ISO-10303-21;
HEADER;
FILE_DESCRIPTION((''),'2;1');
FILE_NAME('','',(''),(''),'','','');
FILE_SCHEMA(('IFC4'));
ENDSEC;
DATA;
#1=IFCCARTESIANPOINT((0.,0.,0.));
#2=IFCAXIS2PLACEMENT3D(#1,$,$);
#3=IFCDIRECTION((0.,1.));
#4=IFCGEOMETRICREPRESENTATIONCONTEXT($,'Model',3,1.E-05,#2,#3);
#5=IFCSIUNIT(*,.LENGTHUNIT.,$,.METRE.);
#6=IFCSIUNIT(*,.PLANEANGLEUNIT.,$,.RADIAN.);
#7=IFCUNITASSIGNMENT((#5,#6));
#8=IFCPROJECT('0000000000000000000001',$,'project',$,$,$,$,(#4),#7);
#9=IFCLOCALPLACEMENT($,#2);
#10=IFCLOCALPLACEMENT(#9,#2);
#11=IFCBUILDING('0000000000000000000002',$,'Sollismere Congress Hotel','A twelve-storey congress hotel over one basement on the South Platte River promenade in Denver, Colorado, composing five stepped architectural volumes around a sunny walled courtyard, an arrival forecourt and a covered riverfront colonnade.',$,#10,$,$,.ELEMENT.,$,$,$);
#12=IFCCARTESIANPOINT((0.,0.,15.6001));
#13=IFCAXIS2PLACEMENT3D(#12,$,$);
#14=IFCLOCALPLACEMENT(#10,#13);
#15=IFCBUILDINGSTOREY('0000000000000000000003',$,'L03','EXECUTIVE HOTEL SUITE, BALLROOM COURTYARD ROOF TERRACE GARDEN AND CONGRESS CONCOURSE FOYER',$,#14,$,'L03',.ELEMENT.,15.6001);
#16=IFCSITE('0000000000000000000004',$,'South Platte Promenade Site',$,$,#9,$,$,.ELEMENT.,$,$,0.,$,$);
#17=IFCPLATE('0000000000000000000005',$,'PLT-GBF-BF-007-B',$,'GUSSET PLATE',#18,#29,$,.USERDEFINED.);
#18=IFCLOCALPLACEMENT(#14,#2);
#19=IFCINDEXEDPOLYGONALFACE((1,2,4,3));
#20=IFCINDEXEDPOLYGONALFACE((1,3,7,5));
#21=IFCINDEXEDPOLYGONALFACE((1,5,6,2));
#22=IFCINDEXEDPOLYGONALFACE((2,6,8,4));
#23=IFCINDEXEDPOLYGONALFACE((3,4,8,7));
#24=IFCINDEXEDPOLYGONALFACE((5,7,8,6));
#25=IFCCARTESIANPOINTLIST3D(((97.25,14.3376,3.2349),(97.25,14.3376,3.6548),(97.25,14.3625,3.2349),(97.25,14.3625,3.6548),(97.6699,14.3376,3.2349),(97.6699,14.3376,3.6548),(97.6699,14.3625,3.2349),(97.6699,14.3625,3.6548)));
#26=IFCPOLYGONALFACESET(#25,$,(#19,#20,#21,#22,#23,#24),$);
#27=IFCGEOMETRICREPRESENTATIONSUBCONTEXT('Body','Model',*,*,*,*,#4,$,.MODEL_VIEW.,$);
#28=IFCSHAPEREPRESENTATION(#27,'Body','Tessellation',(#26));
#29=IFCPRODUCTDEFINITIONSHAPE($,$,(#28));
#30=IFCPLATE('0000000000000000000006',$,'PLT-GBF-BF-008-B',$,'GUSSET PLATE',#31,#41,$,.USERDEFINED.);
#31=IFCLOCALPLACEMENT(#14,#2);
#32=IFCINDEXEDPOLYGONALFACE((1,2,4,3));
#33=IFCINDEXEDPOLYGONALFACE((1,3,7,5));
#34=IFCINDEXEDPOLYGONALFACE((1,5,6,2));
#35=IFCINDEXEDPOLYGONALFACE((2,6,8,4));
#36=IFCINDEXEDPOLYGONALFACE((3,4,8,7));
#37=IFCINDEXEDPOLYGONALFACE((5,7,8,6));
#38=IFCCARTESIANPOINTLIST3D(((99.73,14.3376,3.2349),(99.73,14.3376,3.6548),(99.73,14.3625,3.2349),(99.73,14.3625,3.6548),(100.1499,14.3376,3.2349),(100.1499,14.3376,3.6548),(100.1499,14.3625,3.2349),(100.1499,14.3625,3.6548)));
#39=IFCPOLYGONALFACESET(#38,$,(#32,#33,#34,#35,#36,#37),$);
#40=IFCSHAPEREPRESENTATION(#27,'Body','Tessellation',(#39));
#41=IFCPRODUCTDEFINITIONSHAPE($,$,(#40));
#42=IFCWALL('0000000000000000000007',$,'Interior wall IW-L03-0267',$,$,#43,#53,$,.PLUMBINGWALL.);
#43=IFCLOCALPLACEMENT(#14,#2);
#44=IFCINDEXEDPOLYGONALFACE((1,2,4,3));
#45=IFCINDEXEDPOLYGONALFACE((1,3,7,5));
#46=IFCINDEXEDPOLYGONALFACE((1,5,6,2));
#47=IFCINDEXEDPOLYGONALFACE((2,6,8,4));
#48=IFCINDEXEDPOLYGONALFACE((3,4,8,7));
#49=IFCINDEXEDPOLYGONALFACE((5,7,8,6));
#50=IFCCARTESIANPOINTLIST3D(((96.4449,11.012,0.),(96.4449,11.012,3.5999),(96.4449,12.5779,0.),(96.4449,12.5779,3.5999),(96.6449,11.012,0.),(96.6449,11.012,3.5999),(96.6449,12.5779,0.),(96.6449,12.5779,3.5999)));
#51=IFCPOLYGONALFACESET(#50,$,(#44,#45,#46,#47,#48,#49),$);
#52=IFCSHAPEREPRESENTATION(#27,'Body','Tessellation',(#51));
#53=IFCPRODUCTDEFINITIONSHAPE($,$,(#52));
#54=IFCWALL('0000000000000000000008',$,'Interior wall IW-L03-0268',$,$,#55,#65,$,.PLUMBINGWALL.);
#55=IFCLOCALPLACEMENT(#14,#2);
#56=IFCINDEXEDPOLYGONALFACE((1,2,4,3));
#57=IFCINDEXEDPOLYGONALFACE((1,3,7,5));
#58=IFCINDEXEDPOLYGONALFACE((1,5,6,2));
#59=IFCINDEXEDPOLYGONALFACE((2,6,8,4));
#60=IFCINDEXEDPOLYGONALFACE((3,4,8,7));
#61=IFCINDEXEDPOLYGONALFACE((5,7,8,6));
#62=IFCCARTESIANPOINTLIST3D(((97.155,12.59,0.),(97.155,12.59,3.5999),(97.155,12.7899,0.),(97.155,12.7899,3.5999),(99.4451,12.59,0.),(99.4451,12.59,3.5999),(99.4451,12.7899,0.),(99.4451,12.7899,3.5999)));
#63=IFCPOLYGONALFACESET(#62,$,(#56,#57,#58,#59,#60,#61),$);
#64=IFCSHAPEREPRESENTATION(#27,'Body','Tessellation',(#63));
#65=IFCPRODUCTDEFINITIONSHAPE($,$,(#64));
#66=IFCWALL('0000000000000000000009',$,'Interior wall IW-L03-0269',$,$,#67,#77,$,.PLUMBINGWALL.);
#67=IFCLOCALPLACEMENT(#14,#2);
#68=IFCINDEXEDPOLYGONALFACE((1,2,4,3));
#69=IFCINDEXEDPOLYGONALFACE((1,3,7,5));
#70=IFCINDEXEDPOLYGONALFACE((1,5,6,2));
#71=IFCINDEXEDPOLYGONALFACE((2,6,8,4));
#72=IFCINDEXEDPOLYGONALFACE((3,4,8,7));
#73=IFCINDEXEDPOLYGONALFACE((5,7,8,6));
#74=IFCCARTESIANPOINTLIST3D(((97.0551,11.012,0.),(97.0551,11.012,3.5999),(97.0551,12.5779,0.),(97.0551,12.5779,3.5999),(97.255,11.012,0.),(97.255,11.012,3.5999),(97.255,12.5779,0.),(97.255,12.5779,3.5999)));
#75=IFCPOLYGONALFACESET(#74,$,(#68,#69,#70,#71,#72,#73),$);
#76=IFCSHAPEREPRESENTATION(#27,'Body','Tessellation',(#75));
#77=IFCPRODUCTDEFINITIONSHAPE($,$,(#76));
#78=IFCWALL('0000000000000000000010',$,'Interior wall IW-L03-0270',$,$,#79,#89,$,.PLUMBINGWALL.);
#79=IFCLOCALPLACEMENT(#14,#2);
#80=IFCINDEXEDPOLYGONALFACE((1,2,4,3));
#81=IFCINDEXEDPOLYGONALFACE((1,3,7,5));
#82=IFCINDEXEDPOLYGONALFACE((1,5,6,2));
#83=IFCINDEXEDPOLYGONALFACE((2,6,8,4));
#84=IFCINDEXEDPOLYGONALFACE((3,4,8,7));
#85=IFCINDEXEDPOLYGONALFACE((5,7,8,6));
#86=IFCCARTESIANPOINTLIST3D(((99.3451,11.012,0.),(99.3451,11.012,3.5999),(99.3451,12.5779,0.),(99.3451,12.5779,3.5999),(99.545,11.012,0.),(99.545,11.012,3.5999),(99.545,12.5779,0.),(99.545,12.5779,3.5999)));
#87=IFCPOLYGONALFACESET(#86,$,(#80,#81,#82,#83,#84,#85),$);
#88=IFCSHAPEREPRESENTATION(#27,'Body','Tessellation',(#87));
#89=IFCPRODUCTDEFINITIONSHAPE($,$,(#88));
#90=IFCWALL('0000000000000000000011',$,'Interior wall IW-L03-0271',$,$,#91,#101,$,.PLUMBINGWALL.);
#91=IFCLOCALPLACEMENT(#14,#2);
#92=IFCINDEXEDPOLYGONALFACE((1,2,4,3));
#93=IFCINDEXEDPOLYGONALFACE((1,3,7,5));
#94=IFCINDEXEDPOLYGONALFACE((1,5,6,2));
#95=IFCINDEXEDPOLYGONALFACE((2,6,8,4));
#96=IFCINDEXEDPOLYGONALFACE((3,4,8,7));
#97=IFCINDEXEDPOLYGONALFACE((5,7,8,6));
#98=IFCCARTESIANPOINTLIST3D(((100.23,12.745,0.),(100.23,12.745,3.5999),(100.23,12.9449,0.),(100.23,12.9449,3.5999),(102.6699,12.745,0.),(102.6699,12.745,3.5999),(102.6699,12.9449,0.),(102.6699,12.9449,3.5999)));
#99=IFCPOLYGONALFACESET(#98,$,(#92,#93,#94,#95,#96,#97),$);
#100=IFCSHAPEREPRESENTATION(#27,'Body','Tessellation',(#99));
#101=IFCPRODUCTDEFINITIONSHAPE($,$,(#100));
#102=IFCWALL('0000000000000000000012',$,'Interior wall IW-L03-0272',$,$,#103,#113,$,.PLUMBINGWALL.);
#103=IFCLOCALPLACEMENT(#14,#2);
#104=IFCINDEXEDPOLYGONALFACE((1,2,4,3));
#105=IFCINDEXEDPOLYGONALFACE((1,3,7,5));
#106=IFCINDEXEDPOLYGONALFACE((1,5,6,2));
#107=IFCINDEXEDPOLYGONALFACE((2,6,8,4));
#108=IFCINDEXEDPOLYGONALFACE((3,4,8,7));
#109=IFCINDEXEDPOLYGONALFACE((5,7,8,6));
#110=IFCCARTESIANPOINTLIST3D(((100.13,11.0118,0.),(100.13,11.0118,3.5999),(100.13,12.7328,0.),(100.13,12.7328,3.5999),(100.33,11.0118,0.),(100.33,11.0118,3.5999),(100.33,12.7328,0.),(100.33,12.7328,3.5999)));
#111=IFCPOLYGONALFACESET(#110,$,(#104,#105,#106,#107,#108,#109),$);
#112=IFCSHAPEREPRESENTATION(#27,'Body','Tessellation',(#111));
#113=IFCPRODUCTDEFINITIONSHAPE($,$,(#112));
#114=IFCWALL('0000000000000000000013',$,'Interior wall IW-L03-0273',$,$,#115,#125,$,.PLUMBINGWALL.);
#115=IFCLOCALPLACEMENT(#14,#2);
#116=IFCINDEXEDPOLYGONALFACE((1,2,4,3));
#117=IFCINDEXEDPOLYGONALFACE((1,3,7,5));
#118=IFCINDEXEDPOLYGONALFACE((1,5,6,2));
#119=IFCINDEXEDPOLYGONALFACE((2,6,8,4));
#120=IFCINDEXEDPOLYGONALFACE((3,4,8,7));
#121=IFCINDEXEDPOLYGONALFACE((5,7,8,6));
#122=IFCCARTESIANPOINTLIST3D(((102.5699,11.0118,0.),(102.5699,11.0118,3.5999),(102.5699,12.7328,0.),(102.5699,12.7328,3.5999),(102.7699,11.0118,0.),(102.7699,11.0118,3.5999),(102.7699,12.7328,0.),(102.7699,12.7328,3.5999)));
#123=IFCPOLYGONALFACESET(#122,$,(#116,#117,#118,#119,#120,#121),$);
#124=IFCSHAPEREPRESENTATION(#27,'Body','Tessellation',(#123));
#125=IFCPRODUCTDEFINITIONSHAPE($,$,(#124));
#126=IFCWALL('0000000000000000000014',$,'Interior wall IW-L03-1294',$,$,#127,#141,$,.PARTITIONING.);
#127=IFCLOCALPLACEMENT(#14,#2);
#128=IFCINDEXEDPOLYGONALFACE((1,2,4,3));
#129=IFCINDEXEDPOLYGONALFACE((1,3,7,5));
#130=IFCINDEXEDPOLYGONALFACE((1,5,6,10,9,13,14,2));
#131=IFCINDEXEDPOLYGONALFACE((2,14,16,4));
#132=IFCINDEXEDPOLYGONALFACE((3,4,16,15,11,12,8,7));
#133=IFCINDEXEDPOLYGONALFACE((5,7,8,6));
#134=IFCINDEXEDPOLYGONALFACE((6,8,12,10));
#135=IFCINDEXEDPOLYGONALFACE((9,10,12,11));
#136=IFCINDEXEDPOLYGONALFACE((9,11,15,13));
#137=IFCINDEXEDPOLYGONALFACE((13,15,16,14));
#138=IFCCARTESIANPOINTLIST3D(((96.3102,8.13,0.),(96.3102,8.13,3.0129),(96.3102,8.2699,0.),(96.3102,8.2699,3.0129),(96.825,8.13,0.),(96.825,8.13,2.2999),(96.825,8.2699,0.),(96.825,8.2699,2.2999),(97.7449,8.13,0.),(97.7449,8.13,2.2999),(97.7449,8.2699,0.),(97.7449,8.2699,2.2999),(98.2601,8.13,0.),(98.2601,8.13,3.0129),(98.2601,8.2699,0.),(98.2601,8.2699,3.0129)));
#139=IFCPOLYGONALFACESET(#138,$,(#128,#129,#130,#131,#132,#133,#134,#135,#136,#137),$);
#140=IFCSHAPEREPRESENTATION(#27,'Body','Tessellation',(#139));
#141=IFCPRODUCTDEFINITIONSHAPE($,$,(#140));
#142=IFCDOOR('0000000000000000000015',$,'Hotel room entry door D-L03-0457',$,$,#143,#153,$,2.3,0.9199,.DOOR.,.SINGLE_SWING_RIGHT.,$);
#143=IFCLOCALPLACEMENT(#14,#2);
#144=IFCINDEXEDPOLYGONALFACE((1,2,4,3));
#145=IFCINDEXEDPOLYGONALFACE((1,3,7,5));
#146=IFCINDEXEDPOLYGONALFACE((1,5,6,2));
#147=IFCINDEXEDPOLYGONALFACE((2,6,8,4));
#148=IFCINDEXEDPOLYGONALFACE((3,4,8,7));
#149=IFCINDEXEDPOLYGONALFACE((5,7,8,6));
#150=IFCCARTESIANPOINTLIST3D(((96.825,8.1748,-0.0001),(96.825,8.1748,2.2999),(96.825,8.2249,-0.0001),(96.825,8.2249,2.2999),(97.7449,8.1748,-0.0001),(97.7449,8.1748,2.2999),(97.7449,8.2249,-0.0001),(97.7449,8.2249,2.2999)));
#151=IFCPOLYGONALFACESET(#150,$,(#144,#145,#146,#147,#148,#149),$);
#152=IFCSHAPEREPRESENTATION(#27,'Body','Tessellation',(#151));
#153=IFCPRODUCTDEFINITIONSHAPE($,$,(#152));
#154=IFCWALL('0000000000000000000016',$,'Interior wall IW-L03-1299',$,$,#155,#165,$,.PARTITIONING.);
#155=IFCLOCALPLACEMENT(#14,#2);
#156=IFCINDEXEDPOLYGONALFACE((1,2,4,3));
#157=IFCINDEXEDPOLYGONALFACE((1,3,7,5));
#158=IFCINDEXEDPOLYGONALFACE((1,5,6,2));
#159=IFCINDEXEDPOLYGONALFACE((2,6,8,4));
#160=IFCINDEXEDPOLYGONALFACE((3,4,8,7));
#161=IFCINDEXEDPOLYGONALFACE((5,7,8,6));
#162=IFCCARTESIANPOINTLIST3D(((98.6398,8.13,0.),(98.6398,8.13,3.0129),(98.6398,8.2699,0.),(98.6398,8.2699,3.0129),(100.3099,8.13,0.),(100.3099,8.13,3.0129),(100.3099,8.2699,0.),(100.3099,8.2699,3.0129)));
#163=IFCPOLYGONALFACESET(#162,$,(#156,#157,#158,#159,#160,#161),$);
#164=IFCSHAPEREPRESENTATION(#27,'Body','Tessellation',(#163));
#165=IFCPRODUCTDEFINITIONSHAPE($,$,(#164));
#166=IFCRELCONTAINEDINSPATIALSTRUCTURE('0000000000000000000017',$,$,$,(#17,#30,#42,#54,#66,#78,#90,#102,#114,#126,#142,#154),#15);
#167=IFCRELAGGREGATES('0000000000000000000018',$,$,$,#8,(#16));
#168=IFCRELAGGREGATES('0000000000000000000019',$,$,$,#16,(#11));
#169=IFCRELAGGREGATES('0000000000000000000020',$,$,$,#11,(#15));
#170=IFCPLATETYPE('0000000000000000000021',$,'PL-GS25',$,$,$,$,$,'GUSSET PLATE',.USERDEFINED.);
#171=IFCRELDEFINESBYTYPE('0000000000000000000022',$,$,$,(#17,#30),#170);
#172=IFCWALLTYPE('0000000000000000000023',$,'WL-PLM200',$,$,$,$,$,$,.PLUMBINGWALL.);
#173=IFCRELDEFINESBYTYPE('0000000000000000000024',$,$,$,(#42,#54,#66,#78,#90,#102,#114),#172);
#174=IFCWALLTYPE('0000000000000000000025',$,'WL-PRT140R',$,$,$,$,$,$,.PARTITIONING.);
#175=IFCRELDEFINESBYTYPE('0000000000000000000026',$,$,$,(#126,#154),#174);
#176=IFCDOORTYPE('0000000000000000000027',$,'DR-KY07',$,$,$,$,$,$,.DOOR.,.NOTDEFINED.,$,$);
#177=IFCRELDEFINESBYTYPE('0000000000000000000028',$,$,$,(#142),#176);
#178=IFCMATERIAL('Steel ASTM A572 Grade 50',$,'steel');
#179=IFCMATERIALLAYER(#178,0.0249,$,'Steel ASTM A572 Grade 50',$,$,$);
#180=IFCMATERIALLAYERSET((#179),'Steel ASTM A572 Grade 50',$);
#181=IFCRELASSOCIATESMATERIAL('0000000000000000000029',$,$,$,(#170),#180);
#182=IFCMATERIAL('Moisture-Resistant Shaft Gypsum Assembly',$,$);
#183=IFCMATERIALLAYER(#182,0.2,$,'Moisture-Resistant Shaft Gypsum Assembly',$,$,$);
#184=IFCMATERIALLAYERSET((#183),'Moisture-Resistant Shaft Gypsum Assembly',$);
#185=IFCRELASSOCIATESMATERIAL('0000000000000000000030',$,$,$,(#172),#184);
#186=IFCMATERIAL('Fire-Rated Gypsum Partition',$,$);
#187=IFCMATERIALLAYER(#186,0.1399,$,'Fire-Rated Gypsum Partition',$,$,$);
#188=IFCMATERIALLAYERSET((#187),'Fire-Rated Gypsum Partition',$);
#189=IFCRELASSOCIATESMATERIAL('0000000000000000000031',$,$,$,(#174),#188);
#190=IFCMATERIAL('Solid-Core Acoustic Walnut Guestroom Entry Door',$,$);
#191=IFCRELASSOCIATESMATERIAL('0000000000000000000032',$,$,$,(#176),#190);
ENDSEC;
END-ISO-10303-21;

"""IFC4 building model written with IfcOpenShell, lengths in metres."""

from ifc_helpers import new_model, si_unit, direction, frame, frame_2d, origin, origin_2d, place, context, subcontext, project, spatial, rectangle, extrude, material, layer, layer_set, type_object, element, fill, save


model = new_model("IFC4")

# Units and contexts
model_context = context("Model", 3, precision=1e-05, world=origin(), true_north=direction((0.0, 1.0)))
body_context = subcontext(model_context, "Body", "Model", "MODEL_VIEW")
ifc_project = project(units=[si_unit("LENGTHUNIT", "METRE"), si_unit("PLANEANGLEUNIT", "RADIAN")], contexts=[model_context])

# Site, building, storey
site_placement = place(None, origin())
site = spatial("IfcSite", under=ifc_project, at=site_placement, Name="South Platte Promenade Site", CompositionType="ELEMENT", RefElevation=0.0)
building_placement = place(site_placement, origin())
building = spatial("IfcBuilding", under=site, at=building_placement, Name="Sollismere Congress Hotel", Description="A twelve-storey congress hotel over one basement on the South Platte River promenade in Denver, Colorado, composing five stepped architectural volumes around a sunny walled courtyard, an arrival forecourt and a covered riverfront colonnade.", CompositionType="ELEMENT")
storey_placement = place(building_placement, frame((0.0, 0.0, 15.6001)))
storey = spatial("IfcBuildingStorey", under=building, at=storey_placement, Name="L03", Description="EXECUTIVE HOTEL SUITE, BALLROOM COURTYARD ROOF TERRACE GARDEN AND CONGRESS CONCOURSE FOYER", LongName="L03", CompositionType="ELEMENT", Elevation=15.6001)

# Plates
ifc_material_1 = material(Name="Steel ASTM A572 Grade 50", Category="steel")
ifc_layer_1 = layer(ifc_material_1, 0.0249, Name="Steel ASTM A572 Grade 50")
ifc_layer_set_1 = layer_set([ifc_layer_1], Name="Steel ASTM A572 Grade 50")
plate_type = type_object("IfcPlateType", Name="PL-GS25", ElementType="GUSSET PLATE", PredefinedType="USERDEFINED", material=ifc_layer_set_1)
for number, where, z_axis, x_axis, name in (
    (1, (97.46, 14.3501, 3.2349), (0.0, 0.0, 1.0), (1.0, 0.0, 0.0), "PLT-GBF-BF-007-B"),
    (2, (99.9399, 14.3501, 3.2349), (0.0, 0.0, 1.0), (1.0, 0.0, 0.0), "PLT-GBF-BF-008-B"),
):
    element("IfcPlate", number, at=place(storey_placement, frame(where, z_axis=z_axis, x_axis=x_axis)), inside=storey, type_object=plate_type, Name=name, ObjectType="GUSSET PLATE", PredefinedType="USERDEFINED", context=body_context, shape_type="SweptSolid", body=[
        extrude(rectangle(XDim=0.4199, YDim=0.0249, at=origin_2d()), origin(), (0.0, 0.0, 1.0), 0.4199),
    ])

# Walls
ifc_material_2 = material(Name="Moisture-Resistant Shaft Gypsum Assembly")
ifc_layer_2 = layer(ifc_material_2, 0.2, Name="Moisture-Resistant Shaft Gypsum Assembly")
ifc_layer_set_2 = layer_set([ifc_layer_2], Name="Moisture-Resistant Shaft Gypsum Assembly")
wall_type_1 = type_object("IfcWallType", Name="WL-PLM200", PredefinedType="PLUMBINGWALL", material=ifc_layer_set_2)
wall_1_placement = place(storey_placement, frame((96.5449, 11.012, 0.0), z_axis=(0.0, 0.0, 1.0), x_axis=(0.0, 1.0, 0.0)))
element("IfcWall", 3, at=wall_1_placement, inside=storey, type_object=wall_type_1, Name="Interior wall IW-L03-0267", PredefinedType="PLUMBINGWALL", context=body_context, shape_type="SweptSolid", body=[
    extrude(rectangle(XDim=1.5659, YDim=0.2, at=frame_2d((0.783, 0.0))), origin(), (0.0, 0.0, 1.0), 3.5999),
])
wall_2_placement = place(storey_placement, frame((97.155, 12.6899, 0.0), z_axis=(0.0, 0.0, 1.0), x_axis=(1.0, 0.0, 0.0)))
element("IfcWall", 4, at=wall_2_placement, inside=storey, type_object=wall_type_1, Name="Interior wall IW-L03-0268", PredefinedType="PLUMBINGWALL", context=body_context, shape_type="SweptSolid", body=[
    extrude(rectangle(XDim=2.29, YDim=0.2, at=frame_2d((1.145, 0.0))), origin(), (0.0, 0.0, 1.0), 3.5999),
])
for number, where, z_axis, x_axis, name in (
    (5, (97.155, 11.012, 0.0), (0.0, 0.0, 1.0), (0.0, 1.0, 0.0), "Interior wall IW-L03-0269"),
    (6, (99.4451, 11.012, 0.0), (0.0, 0.0, 1.0), (0.0, 1.0, 0.0), "Interior wall IW-L03-0270"),
):
    element("IfcWall", number, at=place(storey_placement, frame(where, z_axis=z_axis, x_axis=x_axis)), inside=storey, type_object=wall_type_1, Name=name, PredefinedType="PLUMBINGWALL", context=body_context, shape_type="SweptSolid", body=[
        extrude(rectangle(XDim=1.5659, YDim=0.2, at=frame_2d((0.783, 0.0))), origin(), (0.0, 0.0, 1.0), 3.5999),
    ])
wall_3_placement = place(storey_placement, frame((100.23, 12.845, 0.0), z_axis=(0.0, 0.0, 1.0), x_axis=(1.0, 0.0, 0.0)))
element("IfcWall", 7, at=wall_3_placement, inside=storey, type_object=wall_type_1, Name="Interior wall IW-L03-0271", PredefinedType="PLUMBINGWALL", context=body_context, shape_type="SweptSolid", body=[
    extrude(rectangle(XDim=2.4399, YDim=0.2, at=frame_2d((1.22, 0.0))), origin(), (0.0, 0.0, 1.0), 3.5999),
])
for number, where, z_axis, x_axis, name in (
    (8, (100.23, 11.012, 0.0), (0.0, 0.0, 1.0), (0.0, 1.0, 0.0), "Interior wall IW-L03-0272"),
    (9, (102.6699, 11.012, 0.0), (0.0, 0.0, 1.0), (0.0, 1.0, 0.0), "Interior wall IW-L03-0273"),
):
    element("IfcWall", number, at=place(storey_placement, frame(where, z_axis=z_axis, x_axis=x_axis)), inside=storey, type_object=wall_type_1, Name=name, PredefinedType="PLUMBINGWALL", context=body_context, shape_type="SweptSolid", body=[
        extrude(rectangle(XDim=1.7209, YDim=0.2, at=frame_2d((0.8604, 0.0))), origin(), (0.0, 0.0, 1.0), 3.5999),
    ])

# Wall, opening, door
ifc_material_3 = material(Name="Fire-Rated Gypsum Partition")
ifc_layer_3 = layer(ifc_material_3, 0.1399, Name="Fire-Rated Gypsum Partition")
ifc_layer_set_3 = layer_set([ifc_layer_3], Name="Fire-Rated Gypsum Partition")
wall_type_2 = type_object("IfcWallType", Name="WL-PRT140R", PredefinedType="PARTITIONING", material=ifc_layer_set_3)
wall_4_placement = place(storey_placement, frame((96.3101, 8.2, 0.0), z_axis=(0.0, 0.0, 1.0), x_axis=(1.0, 0.0, 0.0)))
wall_4 = element("IfcWall", 10, at=wall_4_placement, inside=storey, type_object=wall_type_2, Name="Interior wall IW-L03-1294", PredefinedType="PARTITIONING", context=body_context, shape_type="SweptSolid", body=[
    extrude(rectangle(XDim=1.95, YDim=0.1399, at=frame_2d((0.9751, 0.0))), origin(), (0.0, 0.0, 1.0), 3.0129),
])
opening_1_placement = place(wall_4_placement, frame((0.5149, 0.0, 0.0)))
opening_1 = element("IfcOpeningElement", 11, at=opening_1_placement, cuts=wall_4, PredefinedType="OPENING", context=body_context, shape_type="SweptSolid", body=[
    extrude(rectangle(XDim=0.9199, YDim=2.3, at=frame_2d((0.46, 1.1499))), frame((0.0, 0.0798, 0.0), z_axis=(0.0, -1.0, 0.0), x_axis=(1.0, 0.0, 0.0)), (0.0, 0.0, 1.0), 0.1599),
])
ifc_material_4 = material(Name="Solid-Core Acoustic Walnut Guestroom Entry Door")
door_type_1 = type_object("IfcDoorType", Name="DR-KY07", OperationType="NOTDEFINED", PredefinedType="DOOR", material=ifc_material_4)
door_1_placement = place(opening_1_placement, origin())
door_1 = element("IfcDoor", 12, at=door_1_placement, inside=storey, type_object=door_type_1, Name="Hotel room entry door D-L03-0457", OperationType="SINGLE_SWING_RIGHT", OverallHeight=2.3, OverallWidth=0.9199, PredefinedType="DOOR", context=body_context, shape_type="SweptSolid", body=[
    extrude(rectangle(XDim=0.9199, YDim=2.3, at=frame_2d((0.46, 1.1499))), frame((0.0, 0.0249, 0.0), z_axis=(0.0, -1.0, 0.0), x_axis=(1.0, 0.0, 0.0)), (0.0, 0.0, 1.0), 0.05),
])
fill(opening_1, door_1)

# Wall
wall_5_placement = place(storey_placement, frame((98.6399, 8.2, 0.0), z_axis=(0.0, 0.0, 1.0), x_axis=(1.0, 0.0, 0.0)))
element("IfcWall", 13, at=wall_5_placement, inside=storey, type_object=wall_type_2, Name="Interior wall IW-L03-1299", PredefinedType="PARTITIONING", context=body_context, shape_type="SweptSolid", body=[
    extrude(rectangle(XDim=1.6702, YDim=0.1399, at=frame_2d((0.835, 0.0))), origin(), (0.0, 0.0, 1.0), 3.0129),
])

save(model, "model.ifc")
